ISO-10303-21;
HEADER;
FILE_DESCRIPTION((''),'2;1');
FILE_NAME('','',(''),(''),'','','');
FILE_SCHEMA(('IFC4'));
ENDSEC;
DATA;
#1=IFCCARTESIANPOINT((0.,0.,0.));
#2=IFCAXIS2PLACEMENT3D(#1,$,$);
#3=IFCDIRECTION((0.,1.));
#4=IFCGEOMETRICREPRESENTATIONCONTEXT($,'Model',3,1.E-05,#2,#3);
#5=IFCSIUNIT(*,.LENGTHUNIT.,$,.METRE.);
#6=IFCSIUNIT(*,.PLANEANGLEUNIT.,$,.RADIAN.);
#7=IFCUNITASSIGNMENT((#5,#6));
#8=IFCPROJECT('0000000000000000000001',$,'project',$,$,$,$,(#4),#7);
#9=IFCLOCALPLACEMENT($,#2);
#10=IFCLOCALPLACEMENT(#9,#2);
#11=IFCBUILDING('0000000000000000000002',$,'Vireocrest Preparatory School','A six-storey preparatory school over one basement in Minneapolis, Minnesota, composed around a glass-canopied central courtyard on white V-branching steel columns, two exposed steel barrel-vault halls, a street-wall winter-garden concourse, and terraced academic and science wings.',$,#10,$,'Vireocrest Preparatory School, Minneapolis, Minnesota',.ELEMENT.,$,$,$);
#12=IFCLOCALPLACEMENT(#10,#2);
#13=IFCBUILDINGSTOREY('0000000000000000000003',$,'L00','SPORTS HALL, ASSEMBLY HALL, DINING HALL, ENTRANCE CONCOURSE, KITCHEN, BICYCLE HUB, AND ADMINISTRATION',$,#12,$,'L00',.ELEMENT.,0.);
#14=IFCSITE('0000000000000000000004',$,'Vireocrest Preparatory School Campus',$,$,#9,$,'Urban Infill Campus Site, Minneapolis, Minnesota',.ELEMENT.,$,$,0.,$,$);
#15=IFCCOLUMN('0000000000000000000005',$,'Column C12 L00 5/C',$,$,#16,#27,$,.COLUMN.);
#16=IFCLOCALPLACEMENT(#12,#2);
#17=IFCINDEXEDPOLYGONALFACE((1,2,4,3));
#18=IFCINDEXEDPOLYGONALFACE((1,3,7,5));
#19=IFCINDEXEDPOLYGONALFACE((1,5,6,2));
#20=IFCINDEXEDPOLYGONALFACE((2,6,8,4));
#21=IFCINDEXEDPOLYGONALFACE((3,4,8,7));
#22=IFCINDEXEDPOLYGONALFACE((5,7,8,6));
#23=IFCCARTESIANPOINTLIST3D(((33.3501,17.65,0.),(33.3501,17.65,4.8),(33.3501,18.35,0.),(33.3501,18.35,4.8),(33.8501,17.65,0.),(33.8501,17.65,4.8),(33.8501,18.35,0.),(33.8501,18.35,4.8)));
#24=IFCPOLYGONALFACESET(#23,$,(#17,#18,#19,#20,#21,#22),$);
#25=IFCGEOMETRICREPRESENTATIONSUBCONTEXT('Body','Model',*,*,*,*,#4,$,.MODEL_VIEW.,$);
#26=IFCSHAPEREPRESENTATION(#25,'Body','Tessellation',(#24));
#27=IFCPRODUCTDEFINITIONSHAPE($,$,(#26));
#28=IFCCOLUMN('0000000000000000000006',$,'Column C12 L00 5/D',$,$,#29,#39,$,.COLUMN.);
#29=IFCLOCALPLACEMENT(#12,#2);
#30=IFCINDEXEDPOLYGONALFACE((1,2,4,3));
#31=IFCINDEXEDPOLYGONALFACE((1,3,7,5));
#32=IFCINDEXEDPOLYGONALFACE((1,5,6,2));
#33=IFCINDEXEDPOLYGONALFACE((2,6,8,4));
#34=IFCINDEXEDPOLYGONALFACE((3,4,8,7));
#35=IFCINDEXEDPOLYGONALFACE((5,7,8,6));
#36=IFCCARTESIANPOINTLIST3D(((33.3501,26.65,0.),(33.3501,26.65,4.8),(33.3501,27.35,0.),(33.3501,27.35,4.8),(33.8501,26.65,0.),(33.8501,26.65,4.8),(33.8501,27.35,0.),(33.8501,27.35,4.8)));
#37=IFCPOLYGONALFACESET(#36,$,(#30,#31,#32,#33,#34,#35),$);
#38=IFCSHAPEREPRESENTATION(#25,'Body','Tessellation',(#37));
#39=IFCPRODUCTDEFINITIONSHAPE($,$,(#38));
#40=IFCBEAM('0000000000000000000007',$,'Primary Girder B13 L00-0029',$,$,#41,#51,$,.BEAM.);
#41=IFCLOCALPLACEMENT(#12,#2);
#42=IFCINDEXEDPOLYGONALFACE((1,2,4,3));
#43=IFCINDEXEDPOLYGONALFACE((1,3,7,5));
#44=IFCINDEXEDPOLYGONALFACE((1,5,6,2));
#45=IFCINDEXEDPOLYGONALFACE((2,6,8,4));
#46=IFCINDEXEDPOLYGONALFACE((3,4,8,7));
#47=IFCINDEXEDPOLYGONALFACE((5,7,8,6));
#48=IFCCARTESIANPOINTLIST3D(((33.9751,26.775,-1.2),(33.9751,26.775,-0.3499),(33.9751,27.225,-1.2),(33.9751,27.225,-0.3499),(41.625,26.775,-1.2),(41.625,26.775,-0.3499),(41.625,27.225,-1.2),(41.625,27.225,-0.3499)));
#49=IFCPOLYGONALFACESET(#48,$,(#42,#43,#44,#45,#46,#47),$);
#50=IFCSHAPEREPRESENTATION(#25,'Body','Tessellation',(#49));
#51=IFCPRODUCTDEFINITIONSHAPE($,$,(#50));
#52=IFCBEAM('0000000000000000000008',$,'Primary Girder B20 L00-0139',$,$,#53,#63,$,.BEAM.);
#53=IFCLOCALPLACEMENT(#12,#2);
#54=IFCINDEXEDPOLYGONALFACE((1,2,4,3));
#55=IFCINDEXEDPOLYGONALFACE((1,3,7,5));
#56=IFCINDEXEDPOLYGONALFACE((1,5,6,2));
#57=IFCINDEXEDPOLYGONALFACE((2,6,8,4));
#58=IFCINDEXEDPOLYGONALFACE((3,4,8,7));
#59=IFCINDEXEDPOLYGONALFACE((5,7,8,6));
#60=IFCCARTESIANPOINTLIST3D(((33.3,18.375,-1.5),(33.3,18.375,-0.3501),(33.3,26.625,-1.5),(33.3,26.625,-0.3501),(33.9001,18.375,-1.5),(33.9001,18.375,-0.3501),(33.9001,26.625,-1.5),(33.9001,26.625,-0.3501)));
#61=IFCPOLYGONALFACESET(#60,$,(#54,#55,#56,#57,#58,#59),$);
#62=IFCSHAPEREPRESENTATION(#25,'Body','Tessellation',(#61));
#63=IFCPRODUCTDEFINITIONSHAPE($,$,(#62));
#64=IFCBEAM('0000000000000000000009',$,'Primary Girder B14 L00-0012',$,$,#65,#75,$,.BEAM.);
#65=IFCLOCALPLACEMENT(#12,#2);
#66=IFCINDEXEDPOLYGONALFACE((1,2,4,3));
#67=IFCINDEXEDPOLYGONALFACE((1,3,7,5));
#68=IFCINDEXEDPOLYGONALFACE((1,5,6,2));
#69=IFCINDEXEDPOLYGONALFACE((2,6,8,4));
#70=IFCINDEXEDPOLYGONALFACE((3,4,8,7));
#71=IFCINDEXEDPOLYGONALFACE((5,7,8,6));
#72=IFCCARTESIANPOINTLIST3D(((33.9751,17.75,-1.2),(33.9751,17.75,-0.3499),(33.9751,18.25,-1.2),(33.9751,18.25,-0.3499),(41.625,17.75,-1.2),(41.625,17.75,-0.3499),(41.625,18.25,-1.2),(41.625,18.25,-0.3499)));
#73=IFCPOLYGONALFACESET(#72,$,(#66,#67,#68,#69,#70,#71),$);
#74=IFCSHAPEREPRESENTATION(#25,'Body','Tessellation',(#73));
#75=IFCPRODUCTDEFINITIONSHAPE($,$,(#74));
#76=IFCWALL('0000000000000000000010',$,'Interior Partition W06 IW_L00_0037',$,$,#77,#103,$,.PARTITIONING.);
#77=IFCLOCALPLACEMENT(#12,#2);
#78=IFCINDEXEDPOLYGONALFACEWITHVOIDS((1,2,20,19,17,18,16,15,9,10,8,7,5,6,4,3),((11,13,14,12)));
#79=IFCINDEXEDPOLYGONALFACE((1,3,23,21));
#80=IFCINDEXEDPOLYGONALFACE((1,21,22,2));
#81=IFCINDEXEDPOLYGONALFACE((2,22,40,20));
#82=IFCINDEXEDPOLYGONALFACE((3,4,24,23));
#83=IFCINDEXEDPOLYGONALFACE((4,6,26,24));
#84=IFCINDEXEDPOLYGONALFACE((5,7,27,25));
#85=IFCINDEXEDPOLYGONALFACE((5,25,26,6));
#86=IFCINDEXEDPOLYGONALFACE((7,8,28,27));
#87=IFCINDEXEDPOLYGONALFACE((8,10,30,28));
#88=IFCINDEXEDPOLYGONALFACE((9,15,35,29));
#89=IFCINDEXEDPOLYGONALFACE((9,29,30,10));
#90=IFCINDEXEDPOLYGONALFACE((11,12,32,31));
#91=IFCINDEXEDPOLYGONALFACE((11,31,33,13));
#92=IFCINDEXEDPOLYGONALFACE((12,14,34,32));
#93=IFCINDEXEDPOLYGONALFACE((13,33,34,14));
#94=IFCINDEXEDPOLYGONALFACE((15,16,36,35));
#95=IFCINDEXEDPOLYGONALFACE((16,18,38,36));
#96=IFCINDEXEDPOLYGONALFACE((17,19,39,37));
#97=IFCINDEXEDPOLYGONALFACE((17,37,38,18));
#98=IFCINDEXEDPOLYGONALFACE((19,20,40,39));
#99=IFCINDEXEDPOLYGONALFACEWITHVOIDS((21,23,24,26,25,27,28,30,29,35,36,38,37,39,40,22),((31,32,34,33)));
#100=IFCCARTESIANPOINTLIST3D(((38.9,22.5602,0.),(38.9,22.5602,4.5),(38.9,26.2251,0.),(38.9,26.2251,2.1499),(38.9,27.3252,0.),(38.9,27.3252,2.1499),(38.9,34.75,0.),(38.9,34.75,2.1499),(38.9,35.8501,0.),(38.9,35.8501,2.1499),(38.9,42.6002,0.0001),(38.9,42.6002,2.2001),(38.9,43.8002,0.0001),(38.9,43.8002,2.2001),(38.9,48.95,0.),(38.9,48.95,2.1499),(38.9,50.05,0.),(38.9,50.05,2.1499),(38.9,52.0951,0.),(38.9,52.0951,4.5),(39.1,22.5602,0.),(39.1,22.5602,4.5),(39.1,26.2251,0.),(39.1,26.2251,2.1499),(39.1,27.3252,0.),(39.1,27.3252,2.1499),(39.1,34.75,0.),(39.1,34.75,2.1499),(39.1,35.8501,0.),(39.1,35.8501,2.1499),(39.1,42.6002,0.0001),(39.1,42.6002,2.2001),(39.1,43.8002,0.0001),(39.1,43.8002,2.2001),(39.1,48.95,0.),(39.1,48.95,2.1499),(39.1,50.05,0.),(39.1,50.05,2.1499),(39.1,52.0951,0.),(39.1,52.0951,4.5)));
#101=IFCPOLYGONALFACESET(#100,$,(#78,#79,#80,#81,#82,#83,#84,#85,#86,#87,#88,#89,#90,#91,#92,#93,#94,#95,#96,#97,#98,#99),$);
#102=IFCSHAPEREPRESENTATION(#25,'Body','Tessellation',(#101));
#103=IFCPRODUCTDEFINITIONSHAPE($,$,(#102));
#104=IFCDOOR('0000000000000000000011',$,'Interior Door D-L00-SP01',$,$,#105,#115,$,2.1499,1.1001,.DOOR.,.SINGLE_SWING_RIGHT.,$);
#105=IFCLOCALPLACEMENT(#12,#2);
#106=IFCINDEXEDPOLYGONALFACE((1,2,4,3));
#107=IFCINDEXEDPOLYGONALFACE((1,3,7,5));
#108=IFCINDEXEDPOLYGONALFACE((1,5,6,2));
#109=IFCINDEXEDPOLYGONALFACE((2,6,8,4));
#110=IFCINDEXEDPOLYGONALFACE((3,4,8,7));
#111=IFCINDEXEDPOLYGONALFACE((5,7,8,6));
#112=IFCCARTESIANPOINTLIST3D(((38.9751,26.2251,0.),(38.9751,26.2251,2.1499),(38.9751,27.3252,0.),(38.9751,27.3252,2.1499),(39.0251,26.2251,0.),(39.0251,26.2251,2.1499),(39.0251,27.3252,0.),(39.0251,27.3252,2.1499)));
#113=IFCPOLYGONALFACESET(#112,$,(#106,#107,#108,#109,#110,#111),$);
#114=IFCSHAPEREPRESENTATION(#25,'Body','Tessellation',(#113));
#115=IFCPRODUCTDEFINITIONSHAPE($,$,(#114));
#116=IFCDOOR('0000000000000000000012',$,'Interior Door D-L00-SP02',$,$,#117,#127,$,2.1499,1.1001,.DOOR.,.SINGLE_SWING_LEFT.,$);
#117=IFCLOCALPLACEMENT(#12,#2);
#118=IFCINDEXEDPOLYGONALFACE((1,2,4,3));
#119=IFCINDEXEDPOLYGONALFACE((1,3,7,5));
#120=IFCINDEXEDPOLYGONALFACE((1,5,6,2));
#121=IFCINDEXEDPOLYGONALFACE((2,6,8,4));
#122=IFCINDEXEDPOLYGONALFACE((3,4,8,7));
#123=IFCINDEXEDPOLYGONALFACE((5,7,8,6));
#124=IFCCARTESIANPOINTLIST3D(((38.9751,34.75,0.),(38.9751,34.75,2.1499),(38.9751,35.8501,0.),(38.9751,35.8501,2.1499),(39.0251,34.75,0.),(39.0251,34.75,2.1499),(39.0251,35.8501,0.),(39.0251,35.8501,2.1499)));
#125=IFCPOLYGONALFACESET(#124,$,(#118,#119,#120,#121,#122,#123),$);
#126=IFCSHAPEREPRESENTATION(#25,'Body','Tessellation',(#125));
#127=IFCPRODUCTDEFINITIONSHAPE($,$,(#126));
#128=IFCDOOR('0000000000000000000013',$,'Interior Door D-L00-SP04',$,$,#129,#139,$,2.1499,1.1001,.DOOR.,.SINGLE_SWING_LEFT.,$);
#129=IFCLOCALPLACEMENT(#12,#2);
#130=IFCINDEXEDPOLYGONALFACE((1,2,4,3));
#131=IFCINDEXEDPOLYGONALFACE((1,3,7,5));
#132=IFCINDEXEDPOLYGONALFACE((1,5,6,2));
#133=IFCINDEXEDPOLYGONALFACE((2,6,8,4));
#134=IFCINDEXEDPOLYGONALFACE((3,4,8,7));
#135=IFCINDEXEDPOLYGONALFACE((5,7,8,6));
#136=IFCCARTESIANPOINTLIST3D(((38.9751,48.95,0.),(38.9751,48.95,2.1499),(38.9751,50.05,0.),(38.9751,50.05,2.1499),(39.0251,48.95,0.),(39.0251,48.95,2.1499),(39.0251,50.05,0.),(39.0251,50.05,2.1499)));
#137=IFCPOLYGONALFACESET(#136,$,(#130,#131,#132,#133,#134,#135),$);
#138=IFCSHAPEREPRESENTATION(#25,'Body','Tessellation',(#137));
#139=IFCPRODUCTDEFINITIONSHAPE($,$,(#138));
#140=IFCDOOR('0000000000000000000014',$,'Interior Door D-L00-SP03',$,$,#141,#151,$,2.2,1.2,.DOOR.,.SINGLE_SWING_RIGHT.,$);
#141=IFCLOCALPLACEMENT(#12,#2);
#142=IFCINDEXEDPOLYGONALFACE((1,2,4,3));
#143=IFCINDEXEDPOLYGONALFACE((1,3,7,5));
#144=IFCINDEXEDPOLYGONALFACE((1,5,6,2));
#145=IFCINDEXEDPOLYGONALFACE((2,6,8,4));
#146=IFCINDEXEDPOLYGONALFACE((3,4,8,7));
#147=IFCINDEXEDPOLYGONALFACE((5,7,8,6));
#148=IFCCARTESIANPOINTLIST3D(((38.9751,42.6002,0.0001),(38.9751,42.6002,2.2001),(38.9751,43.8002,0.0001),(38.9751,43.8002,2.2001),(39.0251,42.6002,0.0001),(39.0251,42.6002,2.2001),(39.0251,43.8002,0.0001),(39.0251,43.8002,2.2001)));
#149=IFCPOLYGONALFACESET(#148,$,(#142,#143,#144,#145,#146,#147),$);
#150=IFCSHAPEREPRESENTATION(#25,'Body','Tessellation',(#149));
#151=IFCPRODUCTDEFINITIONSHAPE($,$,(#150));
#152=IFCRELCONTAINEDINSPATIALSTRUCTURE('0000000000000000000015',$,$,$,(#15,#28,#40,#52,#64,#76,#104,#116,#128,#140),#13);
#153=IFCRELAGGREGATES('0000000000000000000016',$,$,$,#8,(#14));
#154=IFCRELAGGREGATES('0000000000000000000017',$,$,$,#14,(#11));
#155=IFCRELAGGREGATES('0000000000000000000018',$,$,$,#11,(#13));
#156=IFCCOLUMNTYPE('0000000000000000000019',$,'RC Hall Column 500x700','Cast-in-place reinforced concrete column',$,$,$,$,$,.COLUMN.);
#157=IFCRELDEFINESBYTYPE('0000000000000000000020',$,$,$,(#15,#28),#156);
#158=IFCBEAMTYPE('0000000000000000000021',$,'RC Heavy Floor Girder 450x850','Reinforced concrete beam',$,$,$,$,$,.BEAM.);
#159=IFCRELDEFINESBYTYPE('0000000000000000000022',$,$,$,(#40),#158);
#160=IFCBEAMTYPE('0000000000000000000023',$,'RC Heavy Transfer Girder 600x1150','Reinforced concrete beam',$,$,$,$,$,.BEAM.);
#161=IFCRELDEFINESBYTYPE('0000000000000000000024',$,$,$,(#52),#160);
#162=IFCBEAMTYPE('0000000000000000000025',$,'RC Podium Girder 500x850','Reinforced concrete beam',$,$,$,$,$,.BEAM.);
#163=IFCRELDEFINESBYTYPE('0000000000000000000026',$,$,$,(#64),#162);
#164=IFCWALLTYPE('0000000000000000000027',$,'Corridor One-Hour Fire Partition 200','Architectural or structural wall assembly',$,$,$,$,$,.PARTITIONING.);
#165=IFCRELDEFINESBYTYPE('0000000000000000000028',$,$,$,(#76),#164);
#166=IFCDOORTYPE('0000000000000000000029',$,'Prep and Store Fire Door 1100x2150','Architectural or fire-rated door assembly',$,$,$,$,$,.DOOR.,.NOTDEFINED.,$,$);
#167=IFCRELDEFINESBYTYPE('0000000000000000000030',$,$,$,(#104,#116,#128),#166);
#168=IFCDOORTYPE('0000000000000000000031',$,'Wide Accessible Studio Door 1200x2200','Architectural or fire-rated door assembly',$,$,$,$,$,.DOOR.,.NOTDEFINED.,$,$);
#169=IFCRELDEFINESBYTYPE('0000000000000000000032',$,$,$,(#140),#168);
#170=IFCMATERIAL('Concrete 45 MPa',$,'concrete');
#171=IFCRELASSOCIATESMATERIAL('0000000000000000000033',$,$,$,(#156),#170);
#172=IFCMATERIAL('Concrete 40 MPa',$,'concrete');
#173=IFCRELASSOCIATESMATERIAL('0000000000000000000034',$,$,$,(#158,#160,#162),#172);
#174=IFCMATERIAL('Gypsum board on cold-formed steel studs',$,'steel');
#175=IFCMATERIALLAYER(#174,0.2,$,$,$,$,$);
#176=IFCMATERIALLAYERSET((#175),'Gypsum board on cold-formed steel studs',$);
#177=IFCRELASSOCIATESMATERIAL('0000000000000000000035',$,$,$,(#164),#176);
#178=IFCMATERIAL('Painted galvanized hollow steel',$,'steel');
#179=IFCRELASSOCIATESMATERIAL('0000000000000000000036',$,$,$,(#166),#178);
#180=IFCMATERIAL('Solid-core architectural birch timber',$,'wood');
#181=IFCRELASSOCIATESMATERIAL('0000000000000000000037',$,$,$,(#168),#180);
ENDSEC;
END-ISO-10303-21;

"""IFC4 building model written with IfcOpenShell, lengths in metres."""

from ifc_helpers import new_model, si_unit, direction, frame, frame_2d, origin, origin_2d, place, context, subcontext, project, spatial, rectangle, extrude, material, layer, layer_set, material_profile, profile_set, type_object, element, fill, save


model = new_model("IFC4")

# Units and contexts
model_context = context("Model", 3, precision=1e-05, world=origin(), true_north=direction((0.0, 1.0)))
body_context = subcontext(model_context, "Body", "Model", "MODEL_VIEW")
ifc_project = project(units=[si_unit("LENGTHUNIT", "METRE"), si_unit("PLANEANGLEUNIT", "RADIAN")], contexts=[model_context])

# Site, building, storey
site_placement = place(None, origin())
site = spatial("IfcSite", under=ifc_project, at=site_placement, Name="Vireocrest Preparatory School Campus", LongName="Urban Infill Campus Site, Minneapolis, Minnesota", CompositionType="ELEMENT", RefElevation=0.0)
building_placement = place(site_placement, origin())
building = spatial("IfcBuilding", under=site, at=building_placement, Name="Vireocrest Preparatory School", Description="A six-storey preparatory school over one basement in Minneapolis, Minnesota, composed around a glass-canopied central courtyard on white V-branching steel columns, two exposed steel barrel-vault halls, a street-wall winter-garden concourse, and terraced academic and science wings.", LongName="Vireocrest Preparatory School, Minneapolis, Minnesota", CompositionType="ELEMENT")
storey_placement = place(building_placement, origin())
storey = spatial("IfcBuildingStorey", under=building, at=storey_placement, Name="L00", Description="SPORTS HALL, ASSEMBLY HALL, DINING HALL, ENTRANCE CONCOURSE, KITCHEN, BICYCLE HUB, AND ADMINISTRATION", LongName="L00", CompositionType="ELEMENT", Elevation=0.0)

# Columns
ifc_material_1 = material(Name="Concrete 45 MPa", Category="concrete")
ifc_material_profile_1 = material_profile(ifc_material_1, rectangle(XDim=0.5, YDim=0.7, at=origin_2d()), Name="RC 500x700")
ifc_profile_set_1 = profile_set([ifc_material_profile_1], Name="Concrete 45 MPa")
column_type = type_object("IfcColumnType", Name="RC Hall Column 500x700", Description="Cast-in-place reinforced concrete column", PredefinedType="COLUMN", material=ifc_profile_set_1)
for number, where, z_axis, x_axis, name in (
    (1, (33.6001, 18.0, 0.0), (0.0, 0.0, 1.0), (1.0, 0.0, 0.0), "Column C12 L00 5/C"),
    (2, (33.6001, 27.0, 0.0), (0.0, 0.0, 1.0), (1.0, 0.0, 0.0), "Column C12 L00 5/D"),
):
    element("IfcColumn", number, at=place(storey_placement, frame(where, z_axis=z_axis, x_axis=x_axis)), inside=storey, type_object=column_type, Name=name, PredefinedType="COLUMN", context=body_context, shape_type="SweptSolid", body=[
        extrude(rectangle(XDim=0.5, YDim=0.7, at=origin_2d()), origin(), (0.0, 0.0, 1.0), 4.8),
    ])

# Beams
ifc_material_2 = material(Name="Concrete 40 MPa", Category="concrete")
ifc_material_profile_2 = material_profile(ifc_material_2, rectangle(XDim=0.45, YDim=0.8501, at=origin_2d()), Name="RC 450x850")
ifc_profile_set_2 = profile_set([ifc_material_profile_2], Name="Concrete 40 MPa")
beam_type_1 = type_object("IfcBeamType", Name="RC Heavy Floor Girder 450x850", Description="Reinforced concrete beam", PredefinedType="BEAM", material=ifc_profile_set_2)
beam_1_placement = place(storey_placement, frame((33.9751, 27.0, -0.7749), z_axis=(1.0, 0.0, 0.0), x_axis=(0.0, 1.0, 0.0)))
element("IfcBeam", 3, at=beam_1_placement, inside=storey, type_object=beam_type_1, Name="Primary Girder B13 L00-0029", PredefinedType="BEAM", context=body_context, shape_type="SweptSolid", body=[
    extrude(rectangle(XDim=0.45, YDim=0.8501, at=origin_2d()), origin(), (0.0, 0.0, 1.0), 7.6499),
])
ifc_material_profile_3 = material_profile(ifc_material_2, rectangle(XDim=0.6001, YDim=1.1499, at=origin_2d()), Name="RC 600x1150")
ifc_profile_set_3 = profile_set([ifc_material_profile_3], Name="Concrete 40 MPa")
beam_type_2 = type_object("IfcBeamType", Name="RC Heavy Transfer Girder 600x1150", Description="Reinforced concrete beam", PredefinedType="BEAM", material=ifc_profile_set_3)
beam_2_placement = place(storey_placement, frame((33.6001, 18.375, -0.925), z_axis=(0.0, 1.0, 0.0), x_axis=(-1.0, 0.0, 0.0)))
element("IfcBeam", 4, at=beam_2_placement, inside=storey, type_object=beam_type_2, Name="Primary Girder B20 L00-0139", PredefinedType="BEAM", context=body_context, shape_type="SweptSolid", body=[
    extrude(rectangle(XDim=0.6001, YDim=1.1499, at=origin_2d()), origin(), (0.0, 0.0, 1.0), 8.25),
])
ifc_material_profile_4 = material_profile(ifc_material_2, rectangle(XDim=0.5, YDim=0.8501, at=origin_2d()), Name="RC 500x850")
ifc_profile_set_4 = profile_set([ifc_material_profile_4], Name="Concrete 40 MPa")
beam_type_3 = type_object("IfcBeamType", Name="RC Podium Girder 500x850", Description="Reinforced concrete beam", PredefinedType="BEAM", material=ifc_profile_set_4)
beam_3_placement = place(storey_placement, frame((33.9751, 18.0, -0.7749), z_axis=(1.0, 0.0, 0.0), x_axis=(0.0, 1.0, 0.0)))
element("IfcBeam", 5, at=beam_3_placement, inside=storey, type_object=beam_type_3, Name="Primary Girder B14 L00-0012", PredefinedType="BEAM", context=body_context, shape_type="SweptSolid", body=[
    extrude(rectangle(XDim=0.5, YDim=0.8501, at=origin_2d()), origin(), (0.0, 0.0, 1.0), 7.6499),
])

# Wall, openings, doors
ifc_material_3 = material(Name="Gypsum board on cold-formed steel studs", Category="steel")
ifc_layer_1 = layer(ifc_material_3, 0.2)
ifc_layer_set_1 = layer_set([ifc_layer_1], Name="Gypsum board on cold-formed steel studs")
wall_type_1 = type_object("IfcWallType", Name="Corridor One-Hour Fire Partition 200", Description="Architectural or structural wall assembly", PredefinedType="PARTITIONING", material=ifc_layer_set_1)
wall_1_placement = place(storey_placement, frame((39.0, 22.5601, 0.0), z_axis=(0.0, 0.0, 1.0), x_axis=(0.0, 1.0, 0.0)))
wall_1 = element("IfcWall", 6, at=wall_1_placement, inside=storey, type_object=wall_type_1, Name="Interior Partition W06 IW_L00_0037", PredefinedType="PARTITIONING", context=body_context, shape_type="SweptSolid", body=[
    extrude(rectangle(XDim=29.5349, YDim=0.2, at=frame_2d((14.7676, 0.0))), origin(), (0.0, 0.0, 1.0), 4.5),
])
opening_1_placement = place(wall_1_placement, frame((3.665, 0.0, 0.0)))
opening_1 = element("IfcOpeningElement", 7, at=opening_1_placement, cuts=wall_1, PredefinedType="OPENING", context=body_context, shape_type="SweptSolid", body=[
    extrude(rectangle(XDim=1.1001, YDim=2.1499, at=frame_2d((0.55, 1.075))), frame((0.0, 0.1099, 0.0), z_axis=(0.0, -1.0, 0.0), x_axis=(1.0, 0.0, 0.0)), (0.0, 0.0, 1.0), 0.22),
])
opening_2_placement = place(wall_1_placement, frame((12.1899, 0.0, 0.0)))
opening_2 = element("IfcOpeningElement", 8, at=opening_2_placement, cuts=wall_1, PredefinedType="OPENING", context=body_context, shape_type="SweptSolid", body=[
    extrude(rectangle(XDim=1.1001, YDim=2.1499, at=frame_2d((0.55, 1.075))), frame((0.0, 0.1099, 0.0), z_axis=(0.0, -1.0, 0.0), x_axis=(1.0, 0.0, 0.0)), (0.0, 0.0, 1.0), 0.22),
])
opening_3_placement = place(wall_1_placement, frame((20.04, 0.0, 0.0)))
opening_3 = element("IfcOpeningElement", 9, at=opening_3_placement, cuts=wall_1, PredefinedType="OPENING", context=body_context, shape_type="SweptSolid", body=[
    extrude(rectangle(XDim=1.2, YDim=2.2, at=frame_2d((0.6001, 1.1001))), frame((0.0, 0.1099, 0.0), z_axis=(0.0, -1.0, 0.0), x_axis=(1.0, 0.0, 0.0)), (0.0, 0.0, 1.0), 0.22),
])
opening_4_placement = place(wall_1_placement, frame((26.3899, 0.0, 0.0)))
opening_4 = element("IfcOpeningElement", 10, at=opening_4_placement, cuts=wall_1, PredefinedType="OPENING", context=body_context, shape_type="SweptSolid", body=[
    extrude(rectangle(XDim=1.1001, YDim=2.1499, at=frame_2d((0.55, 1.075))), frame((0.0, 0.1099, 0.0), z_axis=(0.0, -1.0, 0.0), x_axis=(1.0, 0.0, 0.0)), (0.0, 0.0, 1.0), 0.22),
])
ifc_material_4 = material(Name="Painted galvanized hollow steel", Category="steel")
door_type_1 = type_object("IfcDoorType", Name="Prep and Store Fire Door 1100x2150", Description="Architectural or fire-rated door assembly", OperationType="NOTDEFINED", PredefinedType="DOOR", material=ifc_material_4)
door_1_placement = place(opening_1_placement, origin())
door_1 = element("IfcDoor", 11, at=door_1_placement, inside=storey, type_object=door_type_1, Name="Interior Door D-L00-SP01", OperationType="SINGLE_SWING_RIGHT", OverallHeight=2.1499, OverallWidth=1.1001, PredefinedType="DOOR", context=body_context, shape_type="SweptSolid", body=[
    extrude(rectangle(XDim=1.1001, YDim=2.1499, at=frame_2d((0.55, 1.075))), frame((0.0, 0.0249, 0.0), z_axis=(0.0, -1.0, 0.0), x_axis=(1.0, 0.0, 0.0)), (0.0, 0.0, 1.0), 0.05),
])
fill(opening_1, door_1)
door_2_placement = place(opening_2_placement, origin())
door_2 = element("IfcDoor", 12, at=door_2_placement, inside=storey, type_object=door_type_1, Name="Interior Door D-L00-SP02", OperationType="SINGLE_SWING_LEFT", OverallHeight=2.1499, OverallWidth=1.1001, PredefinedType="DOOR", context=body_context, shape_type="SweptSolid", body=[
    extrude(rectangle(XDim=1.1001, YDim=2.1499, at=frame_2d((0.55, 1.075))), frame((0.0, 0.0249, 0.0), z_axis=(0.0, -1.0, 0.0), x_axis=(1.0, 0.0, 0.0)), (0.0, 0.0, 1.0), 0.05),
])
fill(opening_2, door_2)
door_3_placement = place(opening_4_placement, origin())
door_3 = element("IfcDoor", 13, at=door_3_placement, inside=storey, type_object=door_type_1, Name="Interior Door D-L00-SP04", OperationType="SINGLE_SWING_LEFT", OverallHeight=2.1499, OverallWidth=1.1001, PredefinedType="DOOR", context=body_context, shape_type="SweptSolid", body=[
    extrude(rectangle(XDim=1.1001, YDim=2.1499, at=frame_2d((0.55, 1.075))), frame((0.0, 0.0249, 0.0), z_axis=(0.0, -1.0, 0.0), x_axis=(1.0, 0.0, 0.0)), (0.0, 0.0, 1.0), 0.05),
])
fill(opening_4, door_3)
ifc_material_5 = material(Name="Solid-core architectural birch timber", Category="wood")
door_type_2 = type_object("IfcDoorType", Name="Wide Accessible Studio Door 1200x2200", Description="Architectural or fire-rated door assembly", OperationType="NOTDEFINED", PredefinedType="DOOR", material=ifc_material_5)
door_4_placement = place(opening_3_placement, origin())
door_4 = element("IfcDoor", 14, at=door_4_placement, inside=storey, type_object=door_type_2, Name="Interior Door D-L00-SP03", OperationType="SINGLE_SWING_RIGHT", OverallHeight=2.2, OverallWidth=1.2, PredefinedType="DOOR", context=body_context, shape_type="SweptSolid", body=[
    extrude(rectangle(XDim=1.2, YDim=2.2, at=frame_2d((0.6001, 1.1001))), frame((0.0, 0.0249, 0.0), z_axis=(0.0, -1.0, 0.0), x_axis=(1.0, 0.0, 0.0)), (0.0, 0.0, 1.0), 0.05),
])
fill(opening_3, door_4)

save(model, "model.ifc")
